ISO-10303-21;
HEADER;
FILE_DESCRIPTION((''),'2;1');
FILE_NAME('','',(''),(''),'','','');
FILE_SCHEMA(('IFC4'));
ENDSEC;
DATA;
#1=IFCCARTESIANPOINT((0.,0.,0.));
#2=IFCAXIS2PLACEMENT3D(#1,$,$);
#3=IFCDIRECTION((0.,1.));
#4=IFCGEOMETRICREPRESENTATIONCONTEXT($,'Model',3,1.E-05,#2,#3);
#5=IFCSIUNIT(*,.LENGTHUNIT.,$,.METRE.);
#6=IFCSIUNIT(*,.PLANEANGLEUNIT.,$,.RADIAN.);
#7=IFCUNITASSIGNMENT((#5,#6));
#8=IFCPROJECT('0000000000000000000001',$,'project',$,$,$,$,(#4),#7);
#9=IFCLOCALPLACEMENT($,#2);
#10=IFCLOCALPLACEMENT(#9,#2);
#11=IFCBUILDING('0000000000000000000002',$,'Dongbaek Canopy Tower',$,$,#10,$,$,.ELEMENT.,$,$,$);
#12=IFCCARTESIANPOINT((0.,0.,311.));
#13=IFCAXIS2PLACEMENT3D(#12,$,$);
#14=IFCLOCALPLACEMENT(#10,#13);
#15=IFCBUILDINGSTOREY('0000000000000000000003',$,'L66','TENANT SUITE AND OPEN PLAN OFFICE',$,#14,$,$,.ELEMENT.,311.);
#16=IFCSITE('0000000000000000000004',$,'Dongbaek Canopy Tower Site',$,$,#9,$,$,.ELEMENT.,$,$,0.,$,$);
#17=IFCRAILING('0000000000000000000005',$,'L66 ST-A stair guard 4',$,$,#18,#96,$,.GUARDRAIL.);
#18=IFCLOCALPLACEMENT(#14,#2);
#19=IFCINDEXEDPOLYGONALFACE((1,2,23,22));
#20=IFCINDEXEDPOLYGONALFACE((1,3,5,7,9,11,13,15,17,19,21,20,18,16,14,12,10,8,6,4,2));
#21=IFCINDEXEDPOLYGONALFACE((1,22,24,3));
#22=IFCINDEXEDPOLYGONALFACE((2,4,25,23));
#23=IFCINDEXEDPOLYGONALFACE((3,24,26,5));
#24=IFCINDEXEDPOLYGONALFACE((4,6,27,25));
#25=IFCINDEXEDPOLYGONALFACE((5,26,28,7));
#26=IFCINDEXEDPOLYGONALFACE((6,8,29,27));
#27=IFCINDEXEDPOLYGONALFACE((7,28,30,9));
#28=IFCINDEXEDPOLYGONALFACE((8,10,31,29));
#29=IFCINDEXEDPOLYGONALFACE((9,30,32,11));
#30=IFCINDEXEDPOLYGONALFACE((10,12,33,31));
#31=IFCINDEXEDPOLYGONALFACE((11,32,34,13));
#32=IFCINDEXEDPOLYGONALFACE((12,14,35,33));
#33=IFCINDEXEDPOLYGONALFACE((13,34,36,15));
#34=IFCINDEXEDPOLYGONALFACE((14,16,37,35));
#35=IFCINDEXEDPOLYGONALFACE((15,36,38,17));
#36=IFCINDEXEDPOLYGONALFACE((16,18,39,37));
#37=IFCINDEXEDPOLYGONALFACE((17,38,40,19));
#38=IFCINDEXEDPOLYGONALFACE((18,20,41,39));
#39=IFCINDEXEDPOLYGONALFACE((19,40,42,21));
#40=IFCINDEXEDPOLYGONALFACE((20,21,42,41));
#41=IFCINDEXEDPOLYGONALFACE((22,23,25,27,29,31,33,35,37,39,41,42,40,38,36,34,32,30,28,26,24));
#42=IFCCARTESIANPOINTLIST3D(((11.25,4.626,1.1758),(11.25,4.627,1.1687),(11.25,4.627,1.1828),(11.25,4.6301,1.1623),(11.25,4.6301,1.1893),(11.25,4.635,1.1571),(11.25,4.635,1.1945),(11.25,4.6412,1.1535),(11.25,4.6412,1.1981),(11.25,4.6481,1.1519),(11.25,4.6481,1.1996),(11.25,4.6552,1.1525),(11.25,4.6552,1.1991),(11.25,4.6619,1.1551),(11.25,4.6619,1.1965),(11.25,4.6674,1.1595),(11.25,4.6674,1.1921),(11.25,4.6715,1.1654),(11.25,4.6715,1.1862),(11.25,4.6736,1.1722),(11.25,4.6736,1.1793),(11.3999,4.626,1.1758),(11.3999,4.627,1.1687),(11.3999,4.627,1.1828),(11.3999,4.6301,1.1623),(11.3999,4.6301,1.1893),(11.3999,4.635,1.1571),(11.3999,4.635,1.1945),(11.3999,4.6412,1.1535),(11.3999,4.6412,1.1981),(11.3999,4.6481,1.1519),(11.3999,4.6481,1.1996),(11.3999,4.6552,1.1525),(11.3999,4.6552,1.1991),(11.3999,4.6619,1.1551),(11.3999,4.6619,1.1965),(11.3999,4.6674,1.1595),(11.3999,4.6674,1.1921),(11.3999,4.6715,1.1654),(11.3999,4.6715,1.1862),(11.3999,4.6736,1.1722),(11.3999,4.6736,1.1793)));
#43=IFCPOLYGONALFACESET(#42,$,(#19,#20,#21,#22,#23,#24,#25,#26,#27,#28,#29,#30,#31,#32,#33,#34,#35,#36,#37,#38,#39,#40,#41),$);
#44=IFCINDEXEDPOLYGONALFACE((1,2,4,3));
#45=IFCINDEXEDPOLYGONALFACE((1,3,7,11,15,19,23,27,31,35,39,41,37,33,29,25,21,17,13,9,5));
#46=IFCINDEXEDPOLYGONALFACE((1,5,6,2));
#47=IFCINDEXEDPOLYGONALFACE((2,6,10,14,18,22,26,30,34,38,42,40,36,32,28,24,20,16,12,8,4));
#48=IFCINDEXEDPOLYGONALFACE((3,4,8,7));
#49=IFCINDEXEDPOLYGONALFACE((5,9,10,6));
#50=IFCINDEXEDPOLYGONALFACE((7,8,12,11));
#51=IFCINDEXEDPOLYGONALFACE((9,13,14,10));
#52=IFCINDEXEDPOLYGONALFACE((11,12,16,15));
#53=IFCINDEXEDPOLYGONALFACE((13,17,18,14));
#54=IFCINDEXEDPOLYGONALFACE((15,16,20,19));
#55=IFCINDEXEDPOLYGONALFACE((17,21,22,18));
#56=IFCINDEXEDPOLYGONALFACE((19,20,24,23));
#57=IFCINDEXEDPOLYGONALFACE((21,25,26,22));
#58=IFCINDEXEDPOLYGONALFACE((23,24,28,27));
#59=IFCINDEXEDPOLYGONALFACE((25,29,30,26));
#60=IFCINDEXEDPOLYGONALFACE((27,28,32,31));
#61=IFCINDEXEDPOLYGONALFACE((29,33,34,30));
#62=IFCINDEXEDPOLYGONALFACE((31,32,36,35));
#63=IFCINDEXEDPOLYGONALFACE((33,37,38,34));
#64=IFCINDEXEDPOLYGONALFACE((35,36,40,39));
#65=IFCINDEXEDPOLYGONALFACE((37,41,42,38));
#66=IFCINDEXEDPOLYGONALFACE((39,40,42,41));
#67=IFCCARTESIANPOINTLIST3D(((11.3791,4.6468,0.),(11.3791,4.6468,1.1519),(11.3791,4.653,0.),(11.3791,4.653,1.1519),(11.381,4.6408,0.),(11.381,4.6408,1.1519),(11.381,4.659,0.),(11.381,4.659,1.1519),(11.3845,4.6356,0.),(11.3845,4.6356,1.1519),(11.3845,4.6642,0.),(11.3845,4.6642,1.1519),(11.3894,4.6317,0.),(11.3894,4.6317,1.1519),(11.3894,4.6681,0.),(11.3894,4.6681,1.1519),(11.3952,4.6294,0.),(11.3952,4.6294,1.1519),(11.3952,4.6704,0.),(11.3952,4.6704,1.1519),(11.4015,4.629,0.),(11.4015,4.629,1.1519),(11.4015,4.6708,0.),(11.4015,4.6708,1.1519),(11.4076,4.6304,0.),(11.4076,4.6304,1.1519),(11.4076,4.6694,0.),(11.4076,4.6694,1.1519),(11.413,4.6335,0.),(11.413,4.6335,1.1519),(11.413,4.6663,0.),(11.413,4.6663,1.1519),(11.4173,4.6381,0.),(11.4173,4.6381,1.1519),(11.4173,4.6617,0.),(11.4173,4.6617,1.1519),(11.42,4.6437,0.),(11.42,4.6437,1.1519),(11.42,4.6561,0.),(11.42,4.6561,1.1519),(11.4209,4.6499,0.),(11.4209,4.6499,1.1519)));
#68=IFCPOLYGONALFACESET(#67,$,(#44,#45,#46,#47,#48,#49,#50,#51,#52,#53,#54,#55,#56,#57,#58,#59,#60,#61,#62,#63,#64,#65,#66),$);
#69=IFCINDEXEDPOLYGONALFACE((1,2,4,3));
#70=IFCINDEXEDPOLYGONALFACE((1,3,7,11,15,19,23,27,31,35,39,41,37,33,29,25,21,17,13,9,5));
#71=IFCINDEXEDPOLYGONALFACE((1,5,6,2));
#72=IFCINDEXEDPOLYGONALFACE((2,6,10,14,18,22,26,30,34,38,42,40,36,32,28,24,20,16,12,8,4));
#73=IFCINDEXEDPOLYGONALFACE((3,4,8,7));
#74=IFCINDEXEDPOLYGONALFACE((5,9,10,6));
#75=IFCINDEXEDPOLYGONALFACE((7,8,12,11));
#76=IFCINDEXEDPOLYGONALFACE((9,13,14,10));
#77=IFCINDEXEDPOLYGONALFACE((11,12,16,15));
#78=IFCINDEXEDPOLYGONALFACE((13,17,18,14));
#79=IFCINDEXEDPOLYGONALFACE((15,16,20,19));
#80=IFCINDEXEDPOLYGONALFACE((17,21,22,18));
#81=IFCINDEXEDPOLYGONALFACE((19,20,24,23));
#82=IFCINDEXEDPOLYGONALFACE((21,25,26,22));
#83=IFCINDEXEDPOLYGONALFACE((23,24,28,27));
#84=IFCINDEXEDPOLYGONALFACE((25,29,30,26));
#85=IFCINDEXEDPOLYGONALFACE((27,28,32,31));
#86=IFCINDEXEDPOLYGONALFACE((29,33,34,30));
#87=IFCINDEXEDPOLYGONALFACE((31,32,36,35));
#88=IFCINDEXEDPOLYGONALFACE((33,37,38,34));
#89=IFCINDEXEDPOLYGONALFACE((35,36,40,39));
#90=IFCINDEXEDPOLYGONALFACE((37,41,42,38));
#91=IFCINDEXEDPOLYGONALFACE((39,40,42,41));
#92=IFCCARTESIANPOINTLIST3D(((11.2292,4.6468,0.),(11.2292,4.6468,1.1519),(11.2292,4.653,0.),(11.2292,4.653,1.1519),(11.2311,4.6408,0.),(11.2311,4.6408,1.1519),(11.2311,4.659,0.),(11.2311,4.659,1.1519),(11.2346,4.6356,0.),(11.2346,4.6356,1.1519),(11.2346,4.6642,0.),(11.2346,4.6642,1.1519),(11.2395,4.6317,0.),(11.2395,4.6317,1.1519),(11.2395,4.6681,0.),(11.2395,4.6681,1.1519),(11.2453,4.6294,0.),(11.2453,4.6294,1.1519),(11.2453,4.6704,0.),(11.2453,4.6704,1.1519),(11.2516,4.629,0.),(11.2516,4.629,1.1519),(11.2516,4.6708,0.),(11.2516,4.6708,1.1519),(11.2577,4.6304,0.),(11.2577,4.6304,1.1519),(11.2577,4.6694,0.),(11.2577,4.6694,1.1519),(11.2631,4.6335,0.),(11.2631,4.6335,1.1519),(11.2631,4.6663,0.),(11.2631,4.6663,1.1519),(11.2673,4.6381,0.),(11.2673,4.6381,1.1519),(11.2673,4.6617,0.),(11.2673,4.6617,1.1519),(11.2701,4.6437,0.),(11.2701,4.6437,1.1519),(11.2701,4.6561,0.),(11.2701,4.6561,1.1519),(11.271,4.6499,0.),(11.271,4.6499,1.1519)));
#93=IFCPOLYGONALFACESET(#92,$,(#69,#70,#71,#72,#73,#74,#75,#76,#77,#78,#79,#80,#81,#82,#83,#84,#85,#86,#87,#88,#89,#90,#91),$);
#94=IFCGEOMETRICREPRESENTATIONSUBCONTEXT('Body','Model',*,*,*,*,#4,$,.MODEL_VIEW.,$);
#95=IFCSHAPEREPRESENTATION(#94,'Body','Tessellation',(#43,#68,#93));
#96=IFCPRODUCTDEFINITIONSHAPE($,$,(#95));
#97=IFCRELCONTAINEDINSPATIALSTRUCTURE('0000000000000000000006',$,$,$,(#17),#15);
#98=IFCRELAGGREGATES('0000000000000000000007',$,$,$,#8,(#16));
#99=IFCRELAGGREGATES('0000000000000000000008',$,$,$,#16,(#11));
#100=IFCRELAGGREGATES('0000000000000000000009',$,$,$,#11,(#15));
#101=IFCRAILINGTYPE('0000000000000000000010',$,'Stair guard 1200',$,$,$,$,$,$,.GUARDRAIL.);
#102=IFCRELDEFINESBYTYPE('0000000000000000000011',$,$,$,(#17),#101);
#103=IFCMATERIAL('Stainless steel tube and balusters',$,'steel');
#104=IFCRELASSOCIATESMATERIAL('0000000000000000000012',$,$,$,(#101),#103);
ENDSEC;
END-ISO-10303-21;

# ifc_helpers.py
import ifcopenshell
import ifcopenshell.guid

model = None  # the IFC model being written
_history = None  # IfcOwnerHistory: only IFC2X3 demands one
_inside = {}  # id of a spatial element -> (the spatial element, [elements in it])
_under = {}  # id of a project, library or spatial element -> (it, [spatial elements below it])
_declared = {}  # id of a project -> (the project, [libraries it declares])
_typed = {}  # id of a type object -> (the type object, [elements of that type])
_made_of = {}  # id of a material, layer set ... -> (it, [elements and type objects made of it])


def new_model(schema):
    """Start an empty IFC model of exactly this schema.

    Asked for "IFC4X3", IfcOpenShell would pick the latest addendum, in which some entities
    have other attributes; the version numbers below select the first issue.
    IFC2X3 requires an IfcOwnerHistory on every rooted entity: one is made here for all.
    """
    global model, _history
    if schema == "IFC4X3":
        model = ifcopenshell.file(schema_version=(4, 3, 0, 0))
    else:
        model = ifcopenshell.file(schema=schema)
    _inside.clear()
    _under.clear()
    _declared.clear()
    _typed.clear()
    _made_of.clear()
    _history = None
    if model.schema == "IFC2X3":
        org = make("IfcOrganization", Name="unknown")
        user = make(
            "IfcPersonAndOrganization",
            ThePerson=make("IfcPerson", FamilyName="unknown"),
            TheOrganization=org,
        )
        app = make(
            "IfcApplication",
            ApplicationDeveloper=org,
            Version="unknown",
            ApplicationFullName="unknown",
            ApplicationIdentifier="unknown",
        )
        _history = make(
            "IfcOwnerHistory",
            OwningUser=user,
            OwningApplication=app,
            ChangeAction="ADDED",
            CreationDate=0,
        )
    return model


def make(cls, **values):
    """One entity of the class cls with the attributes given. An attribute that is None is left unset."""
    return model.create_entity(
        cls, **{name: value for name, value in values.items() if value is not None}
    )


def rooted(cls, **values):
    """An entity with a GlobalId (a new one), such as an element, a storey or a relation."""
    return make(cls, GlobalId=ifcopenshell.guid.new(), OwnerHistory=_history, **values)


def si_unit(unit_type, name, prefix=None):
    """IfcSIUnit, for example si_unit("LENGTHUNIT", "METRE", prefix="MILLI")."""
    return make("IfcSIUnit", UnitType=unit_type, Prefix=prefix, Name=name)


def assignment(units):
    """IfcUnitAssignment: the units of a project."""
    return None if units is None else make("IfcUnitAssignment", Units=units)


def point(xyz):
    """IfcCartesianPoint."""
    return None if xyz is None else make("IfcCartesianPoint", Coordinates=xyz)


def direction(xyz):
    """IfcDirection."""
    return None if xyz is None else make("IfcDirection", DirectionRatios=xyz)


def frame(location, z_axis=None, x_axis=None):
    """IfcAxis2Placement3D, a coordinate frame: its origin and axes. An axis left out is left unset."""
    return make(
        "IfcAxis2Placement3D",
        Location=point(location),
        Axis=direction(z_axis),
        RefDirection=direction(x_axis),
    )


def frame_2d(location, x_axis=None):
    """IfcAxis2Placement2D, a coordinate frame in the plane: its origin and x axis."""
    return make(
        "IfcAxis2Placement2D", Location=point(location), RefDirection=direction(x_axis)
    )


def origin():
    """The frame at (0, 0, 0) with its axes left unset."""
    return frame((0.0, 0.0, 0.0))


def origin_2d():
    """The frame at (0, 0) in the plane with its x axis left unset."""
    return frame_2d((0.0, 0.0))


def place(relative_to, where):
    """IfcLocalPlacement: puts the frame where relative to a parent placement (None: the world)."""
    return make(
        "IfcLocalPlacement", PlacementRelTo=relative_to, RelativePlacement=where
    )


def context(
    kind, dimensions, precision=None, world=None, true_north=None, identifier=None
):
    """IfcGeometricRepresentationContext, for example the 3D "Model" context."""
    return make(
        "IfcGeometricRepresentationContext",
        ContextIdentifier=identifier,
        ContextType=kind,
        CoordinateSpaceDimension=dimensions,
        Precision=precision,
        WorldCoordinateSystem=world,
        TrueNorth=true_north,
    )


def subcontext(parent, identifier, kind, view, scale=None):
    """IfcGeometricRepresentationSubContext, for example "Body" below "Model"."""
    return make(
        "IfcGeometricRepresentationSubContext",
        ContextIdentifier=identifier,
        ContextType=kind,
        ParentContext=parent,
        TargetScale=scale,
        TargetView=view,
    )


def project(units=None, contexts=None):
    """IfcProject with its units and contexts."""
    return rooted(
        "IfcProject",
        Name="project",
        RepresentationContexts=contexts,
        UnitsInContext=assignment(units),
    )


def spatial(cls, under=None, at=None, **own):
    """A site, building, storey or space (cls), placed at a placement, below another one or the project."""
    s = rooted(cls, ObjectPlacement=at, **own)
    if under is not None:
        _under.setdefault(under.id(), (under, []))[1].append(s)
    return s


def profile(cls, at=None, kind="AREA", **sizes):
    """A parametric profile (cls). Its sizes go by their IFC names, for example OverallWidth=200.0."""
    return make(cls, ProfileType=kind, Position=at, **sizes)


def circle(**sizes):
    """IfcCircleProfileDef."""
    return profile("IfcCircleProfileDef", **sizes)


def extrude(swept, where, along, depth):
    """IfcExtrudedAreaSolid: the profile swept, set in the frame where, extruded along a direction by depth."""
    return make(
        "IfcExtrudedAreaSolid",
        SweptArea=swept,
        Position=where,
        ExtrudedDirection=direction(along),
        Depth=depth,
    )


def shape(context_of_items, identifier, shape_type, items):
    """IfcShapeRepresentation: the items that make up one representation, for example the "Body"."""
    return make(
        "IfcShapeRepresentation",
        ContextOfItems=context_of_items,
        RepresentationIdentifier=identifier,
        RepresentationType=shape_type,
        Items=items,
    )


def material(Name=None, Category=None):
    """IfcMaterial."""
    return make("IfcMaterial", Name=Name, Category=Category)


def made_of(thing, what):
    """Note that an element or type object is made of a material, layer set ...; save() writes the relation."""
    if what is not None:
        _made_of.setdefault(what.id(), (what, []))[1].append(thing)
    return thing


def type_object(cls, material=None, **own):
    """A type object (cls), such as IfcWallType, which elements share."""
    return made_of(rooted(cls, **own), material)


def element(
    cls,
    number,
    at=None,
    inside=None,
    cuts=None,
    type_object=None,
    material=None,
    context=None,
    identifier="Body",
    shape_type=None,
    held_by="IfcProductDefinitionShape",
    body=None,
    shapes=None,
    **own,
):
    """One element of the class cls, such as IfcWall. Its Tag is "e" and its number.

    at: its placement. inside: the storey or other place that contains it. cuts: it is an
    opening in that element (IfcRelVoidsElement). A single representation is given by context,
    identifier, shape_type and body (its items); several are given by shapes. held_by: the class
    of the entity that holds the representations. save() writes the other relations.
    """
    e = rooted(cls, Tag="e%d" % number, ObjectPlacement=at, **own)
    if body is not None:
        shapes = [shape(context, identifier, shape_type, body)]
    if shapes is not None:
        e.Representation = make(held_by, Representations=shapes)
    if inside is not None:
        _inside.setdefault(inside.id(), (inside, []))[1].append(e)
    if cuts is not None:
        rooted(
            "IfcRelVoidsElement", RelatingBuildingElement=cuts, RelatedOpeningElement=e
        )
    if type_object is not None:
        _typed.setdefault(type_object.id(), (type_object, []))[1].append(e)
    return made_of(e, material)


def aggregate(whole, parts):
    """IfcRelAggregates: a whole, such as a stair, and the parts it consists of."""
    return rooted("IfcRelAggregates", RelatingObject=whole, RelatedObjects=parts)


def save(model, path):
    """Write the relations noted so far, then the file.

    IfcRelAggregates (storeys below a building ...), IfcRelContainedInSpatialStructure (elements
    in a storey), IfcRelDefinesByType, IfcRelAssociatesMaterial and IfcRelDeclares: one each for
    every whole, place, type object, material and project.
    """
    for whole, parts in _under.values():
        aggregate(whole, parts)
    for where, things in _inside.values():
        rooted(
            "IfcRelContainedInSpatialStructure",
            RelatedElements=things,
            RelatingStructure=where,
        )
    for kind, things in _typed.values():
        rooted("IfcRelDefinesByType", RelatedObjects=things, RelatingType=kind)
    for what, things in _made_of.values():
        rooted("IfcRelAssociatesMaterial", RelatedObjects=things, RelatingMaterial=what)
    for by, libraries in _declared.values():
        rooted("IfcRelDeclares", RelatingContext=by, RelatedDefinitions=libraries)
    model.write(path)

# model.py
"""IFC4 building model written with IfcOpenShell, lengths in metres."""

from ifc_helpers import new_model, si_unit, direction, frame, origin, origin_2d, place, context, subcontext, project, spatial, circle, extrude, material, type_object, element, save


model = new_model("IFC4")

# Units and contexts
model_context = context("Model", 3, precision=1e-05, world=origin(), true_north=direction((0.0, 1.0)))
body_context = subcontext(model_context, "Body", "Model", "MODEL_VIEW")
ifc_project = project(units=[si_unit("LENGTHUNIT", "METRE"), si_unit("PLANEANGLEUNIT", "RADIAN")], contexts=[model_context])

# Site, building, storey
site_placement = place(None, origin())
site = spatial("IfcSite", under=ifc_project, at=site_placement, Name="Dongbaek Canopy Tower Site", CompositionType="ELEMENT", RefElevation=0.0)
building_placement = place(site_placement, origin())
building = spatial("IfcBuilding", under=site, at=building_placement, Name="Dongbaek Canopy Tower", CompositionType="ELEMENT")
storey_placement = place(building_placement, frame((0.0, 0.0, 311.0)))
storey = spatial("IfcBuildingStorey", under=building, at=storey_placement, Name="L66", Description="TENANT SUITE AND OPEN PLAN OFFICE", CompositionType="ELEMENT", Elevation=311.0)

# Railing
ifc_material_1 = material(Name="Stainless steel tube and balusters", Category="steel")
railing_type_1 = type_object("IfcRailingType", Name="Stair guard 1200", PredefinedType="GUARDRAIL", material=ifc_material_1)
railing_1_placement = place(storey_placement, frame((11.3999, 4.6499, 0.0)))
element("IfcRailing", 1, at=railing_1_placement, inside=storey, type_object=railing_type_1, Name="L66 ST-A stair guard 4", PredefinedType="GUARDRAIL", context=body_context, shape_type="SweptSolid", body=[
    extrude(circle(Radius=0.0239, at=origin_2d()), frame((0.0, 0.0, 1.1758), z_axis=(-1.0, 0.0, 0.0), x_axis=(0.0, -1.0, 0.0)), (0.0, 0.0, 1.0), 0.1499),
    extrude(circle(Radius=0.021, at=origin_2d()), origin(), (0.0, 0.0, 1.0), 1.1519),
    extrude(circle(Radius=0.021, at=origin_2d()), frame((-0.1499, 0.0, 0.0)), (0.0, 0.0, 1.0), 1.1519),
])

save(model, "model.ifc")
